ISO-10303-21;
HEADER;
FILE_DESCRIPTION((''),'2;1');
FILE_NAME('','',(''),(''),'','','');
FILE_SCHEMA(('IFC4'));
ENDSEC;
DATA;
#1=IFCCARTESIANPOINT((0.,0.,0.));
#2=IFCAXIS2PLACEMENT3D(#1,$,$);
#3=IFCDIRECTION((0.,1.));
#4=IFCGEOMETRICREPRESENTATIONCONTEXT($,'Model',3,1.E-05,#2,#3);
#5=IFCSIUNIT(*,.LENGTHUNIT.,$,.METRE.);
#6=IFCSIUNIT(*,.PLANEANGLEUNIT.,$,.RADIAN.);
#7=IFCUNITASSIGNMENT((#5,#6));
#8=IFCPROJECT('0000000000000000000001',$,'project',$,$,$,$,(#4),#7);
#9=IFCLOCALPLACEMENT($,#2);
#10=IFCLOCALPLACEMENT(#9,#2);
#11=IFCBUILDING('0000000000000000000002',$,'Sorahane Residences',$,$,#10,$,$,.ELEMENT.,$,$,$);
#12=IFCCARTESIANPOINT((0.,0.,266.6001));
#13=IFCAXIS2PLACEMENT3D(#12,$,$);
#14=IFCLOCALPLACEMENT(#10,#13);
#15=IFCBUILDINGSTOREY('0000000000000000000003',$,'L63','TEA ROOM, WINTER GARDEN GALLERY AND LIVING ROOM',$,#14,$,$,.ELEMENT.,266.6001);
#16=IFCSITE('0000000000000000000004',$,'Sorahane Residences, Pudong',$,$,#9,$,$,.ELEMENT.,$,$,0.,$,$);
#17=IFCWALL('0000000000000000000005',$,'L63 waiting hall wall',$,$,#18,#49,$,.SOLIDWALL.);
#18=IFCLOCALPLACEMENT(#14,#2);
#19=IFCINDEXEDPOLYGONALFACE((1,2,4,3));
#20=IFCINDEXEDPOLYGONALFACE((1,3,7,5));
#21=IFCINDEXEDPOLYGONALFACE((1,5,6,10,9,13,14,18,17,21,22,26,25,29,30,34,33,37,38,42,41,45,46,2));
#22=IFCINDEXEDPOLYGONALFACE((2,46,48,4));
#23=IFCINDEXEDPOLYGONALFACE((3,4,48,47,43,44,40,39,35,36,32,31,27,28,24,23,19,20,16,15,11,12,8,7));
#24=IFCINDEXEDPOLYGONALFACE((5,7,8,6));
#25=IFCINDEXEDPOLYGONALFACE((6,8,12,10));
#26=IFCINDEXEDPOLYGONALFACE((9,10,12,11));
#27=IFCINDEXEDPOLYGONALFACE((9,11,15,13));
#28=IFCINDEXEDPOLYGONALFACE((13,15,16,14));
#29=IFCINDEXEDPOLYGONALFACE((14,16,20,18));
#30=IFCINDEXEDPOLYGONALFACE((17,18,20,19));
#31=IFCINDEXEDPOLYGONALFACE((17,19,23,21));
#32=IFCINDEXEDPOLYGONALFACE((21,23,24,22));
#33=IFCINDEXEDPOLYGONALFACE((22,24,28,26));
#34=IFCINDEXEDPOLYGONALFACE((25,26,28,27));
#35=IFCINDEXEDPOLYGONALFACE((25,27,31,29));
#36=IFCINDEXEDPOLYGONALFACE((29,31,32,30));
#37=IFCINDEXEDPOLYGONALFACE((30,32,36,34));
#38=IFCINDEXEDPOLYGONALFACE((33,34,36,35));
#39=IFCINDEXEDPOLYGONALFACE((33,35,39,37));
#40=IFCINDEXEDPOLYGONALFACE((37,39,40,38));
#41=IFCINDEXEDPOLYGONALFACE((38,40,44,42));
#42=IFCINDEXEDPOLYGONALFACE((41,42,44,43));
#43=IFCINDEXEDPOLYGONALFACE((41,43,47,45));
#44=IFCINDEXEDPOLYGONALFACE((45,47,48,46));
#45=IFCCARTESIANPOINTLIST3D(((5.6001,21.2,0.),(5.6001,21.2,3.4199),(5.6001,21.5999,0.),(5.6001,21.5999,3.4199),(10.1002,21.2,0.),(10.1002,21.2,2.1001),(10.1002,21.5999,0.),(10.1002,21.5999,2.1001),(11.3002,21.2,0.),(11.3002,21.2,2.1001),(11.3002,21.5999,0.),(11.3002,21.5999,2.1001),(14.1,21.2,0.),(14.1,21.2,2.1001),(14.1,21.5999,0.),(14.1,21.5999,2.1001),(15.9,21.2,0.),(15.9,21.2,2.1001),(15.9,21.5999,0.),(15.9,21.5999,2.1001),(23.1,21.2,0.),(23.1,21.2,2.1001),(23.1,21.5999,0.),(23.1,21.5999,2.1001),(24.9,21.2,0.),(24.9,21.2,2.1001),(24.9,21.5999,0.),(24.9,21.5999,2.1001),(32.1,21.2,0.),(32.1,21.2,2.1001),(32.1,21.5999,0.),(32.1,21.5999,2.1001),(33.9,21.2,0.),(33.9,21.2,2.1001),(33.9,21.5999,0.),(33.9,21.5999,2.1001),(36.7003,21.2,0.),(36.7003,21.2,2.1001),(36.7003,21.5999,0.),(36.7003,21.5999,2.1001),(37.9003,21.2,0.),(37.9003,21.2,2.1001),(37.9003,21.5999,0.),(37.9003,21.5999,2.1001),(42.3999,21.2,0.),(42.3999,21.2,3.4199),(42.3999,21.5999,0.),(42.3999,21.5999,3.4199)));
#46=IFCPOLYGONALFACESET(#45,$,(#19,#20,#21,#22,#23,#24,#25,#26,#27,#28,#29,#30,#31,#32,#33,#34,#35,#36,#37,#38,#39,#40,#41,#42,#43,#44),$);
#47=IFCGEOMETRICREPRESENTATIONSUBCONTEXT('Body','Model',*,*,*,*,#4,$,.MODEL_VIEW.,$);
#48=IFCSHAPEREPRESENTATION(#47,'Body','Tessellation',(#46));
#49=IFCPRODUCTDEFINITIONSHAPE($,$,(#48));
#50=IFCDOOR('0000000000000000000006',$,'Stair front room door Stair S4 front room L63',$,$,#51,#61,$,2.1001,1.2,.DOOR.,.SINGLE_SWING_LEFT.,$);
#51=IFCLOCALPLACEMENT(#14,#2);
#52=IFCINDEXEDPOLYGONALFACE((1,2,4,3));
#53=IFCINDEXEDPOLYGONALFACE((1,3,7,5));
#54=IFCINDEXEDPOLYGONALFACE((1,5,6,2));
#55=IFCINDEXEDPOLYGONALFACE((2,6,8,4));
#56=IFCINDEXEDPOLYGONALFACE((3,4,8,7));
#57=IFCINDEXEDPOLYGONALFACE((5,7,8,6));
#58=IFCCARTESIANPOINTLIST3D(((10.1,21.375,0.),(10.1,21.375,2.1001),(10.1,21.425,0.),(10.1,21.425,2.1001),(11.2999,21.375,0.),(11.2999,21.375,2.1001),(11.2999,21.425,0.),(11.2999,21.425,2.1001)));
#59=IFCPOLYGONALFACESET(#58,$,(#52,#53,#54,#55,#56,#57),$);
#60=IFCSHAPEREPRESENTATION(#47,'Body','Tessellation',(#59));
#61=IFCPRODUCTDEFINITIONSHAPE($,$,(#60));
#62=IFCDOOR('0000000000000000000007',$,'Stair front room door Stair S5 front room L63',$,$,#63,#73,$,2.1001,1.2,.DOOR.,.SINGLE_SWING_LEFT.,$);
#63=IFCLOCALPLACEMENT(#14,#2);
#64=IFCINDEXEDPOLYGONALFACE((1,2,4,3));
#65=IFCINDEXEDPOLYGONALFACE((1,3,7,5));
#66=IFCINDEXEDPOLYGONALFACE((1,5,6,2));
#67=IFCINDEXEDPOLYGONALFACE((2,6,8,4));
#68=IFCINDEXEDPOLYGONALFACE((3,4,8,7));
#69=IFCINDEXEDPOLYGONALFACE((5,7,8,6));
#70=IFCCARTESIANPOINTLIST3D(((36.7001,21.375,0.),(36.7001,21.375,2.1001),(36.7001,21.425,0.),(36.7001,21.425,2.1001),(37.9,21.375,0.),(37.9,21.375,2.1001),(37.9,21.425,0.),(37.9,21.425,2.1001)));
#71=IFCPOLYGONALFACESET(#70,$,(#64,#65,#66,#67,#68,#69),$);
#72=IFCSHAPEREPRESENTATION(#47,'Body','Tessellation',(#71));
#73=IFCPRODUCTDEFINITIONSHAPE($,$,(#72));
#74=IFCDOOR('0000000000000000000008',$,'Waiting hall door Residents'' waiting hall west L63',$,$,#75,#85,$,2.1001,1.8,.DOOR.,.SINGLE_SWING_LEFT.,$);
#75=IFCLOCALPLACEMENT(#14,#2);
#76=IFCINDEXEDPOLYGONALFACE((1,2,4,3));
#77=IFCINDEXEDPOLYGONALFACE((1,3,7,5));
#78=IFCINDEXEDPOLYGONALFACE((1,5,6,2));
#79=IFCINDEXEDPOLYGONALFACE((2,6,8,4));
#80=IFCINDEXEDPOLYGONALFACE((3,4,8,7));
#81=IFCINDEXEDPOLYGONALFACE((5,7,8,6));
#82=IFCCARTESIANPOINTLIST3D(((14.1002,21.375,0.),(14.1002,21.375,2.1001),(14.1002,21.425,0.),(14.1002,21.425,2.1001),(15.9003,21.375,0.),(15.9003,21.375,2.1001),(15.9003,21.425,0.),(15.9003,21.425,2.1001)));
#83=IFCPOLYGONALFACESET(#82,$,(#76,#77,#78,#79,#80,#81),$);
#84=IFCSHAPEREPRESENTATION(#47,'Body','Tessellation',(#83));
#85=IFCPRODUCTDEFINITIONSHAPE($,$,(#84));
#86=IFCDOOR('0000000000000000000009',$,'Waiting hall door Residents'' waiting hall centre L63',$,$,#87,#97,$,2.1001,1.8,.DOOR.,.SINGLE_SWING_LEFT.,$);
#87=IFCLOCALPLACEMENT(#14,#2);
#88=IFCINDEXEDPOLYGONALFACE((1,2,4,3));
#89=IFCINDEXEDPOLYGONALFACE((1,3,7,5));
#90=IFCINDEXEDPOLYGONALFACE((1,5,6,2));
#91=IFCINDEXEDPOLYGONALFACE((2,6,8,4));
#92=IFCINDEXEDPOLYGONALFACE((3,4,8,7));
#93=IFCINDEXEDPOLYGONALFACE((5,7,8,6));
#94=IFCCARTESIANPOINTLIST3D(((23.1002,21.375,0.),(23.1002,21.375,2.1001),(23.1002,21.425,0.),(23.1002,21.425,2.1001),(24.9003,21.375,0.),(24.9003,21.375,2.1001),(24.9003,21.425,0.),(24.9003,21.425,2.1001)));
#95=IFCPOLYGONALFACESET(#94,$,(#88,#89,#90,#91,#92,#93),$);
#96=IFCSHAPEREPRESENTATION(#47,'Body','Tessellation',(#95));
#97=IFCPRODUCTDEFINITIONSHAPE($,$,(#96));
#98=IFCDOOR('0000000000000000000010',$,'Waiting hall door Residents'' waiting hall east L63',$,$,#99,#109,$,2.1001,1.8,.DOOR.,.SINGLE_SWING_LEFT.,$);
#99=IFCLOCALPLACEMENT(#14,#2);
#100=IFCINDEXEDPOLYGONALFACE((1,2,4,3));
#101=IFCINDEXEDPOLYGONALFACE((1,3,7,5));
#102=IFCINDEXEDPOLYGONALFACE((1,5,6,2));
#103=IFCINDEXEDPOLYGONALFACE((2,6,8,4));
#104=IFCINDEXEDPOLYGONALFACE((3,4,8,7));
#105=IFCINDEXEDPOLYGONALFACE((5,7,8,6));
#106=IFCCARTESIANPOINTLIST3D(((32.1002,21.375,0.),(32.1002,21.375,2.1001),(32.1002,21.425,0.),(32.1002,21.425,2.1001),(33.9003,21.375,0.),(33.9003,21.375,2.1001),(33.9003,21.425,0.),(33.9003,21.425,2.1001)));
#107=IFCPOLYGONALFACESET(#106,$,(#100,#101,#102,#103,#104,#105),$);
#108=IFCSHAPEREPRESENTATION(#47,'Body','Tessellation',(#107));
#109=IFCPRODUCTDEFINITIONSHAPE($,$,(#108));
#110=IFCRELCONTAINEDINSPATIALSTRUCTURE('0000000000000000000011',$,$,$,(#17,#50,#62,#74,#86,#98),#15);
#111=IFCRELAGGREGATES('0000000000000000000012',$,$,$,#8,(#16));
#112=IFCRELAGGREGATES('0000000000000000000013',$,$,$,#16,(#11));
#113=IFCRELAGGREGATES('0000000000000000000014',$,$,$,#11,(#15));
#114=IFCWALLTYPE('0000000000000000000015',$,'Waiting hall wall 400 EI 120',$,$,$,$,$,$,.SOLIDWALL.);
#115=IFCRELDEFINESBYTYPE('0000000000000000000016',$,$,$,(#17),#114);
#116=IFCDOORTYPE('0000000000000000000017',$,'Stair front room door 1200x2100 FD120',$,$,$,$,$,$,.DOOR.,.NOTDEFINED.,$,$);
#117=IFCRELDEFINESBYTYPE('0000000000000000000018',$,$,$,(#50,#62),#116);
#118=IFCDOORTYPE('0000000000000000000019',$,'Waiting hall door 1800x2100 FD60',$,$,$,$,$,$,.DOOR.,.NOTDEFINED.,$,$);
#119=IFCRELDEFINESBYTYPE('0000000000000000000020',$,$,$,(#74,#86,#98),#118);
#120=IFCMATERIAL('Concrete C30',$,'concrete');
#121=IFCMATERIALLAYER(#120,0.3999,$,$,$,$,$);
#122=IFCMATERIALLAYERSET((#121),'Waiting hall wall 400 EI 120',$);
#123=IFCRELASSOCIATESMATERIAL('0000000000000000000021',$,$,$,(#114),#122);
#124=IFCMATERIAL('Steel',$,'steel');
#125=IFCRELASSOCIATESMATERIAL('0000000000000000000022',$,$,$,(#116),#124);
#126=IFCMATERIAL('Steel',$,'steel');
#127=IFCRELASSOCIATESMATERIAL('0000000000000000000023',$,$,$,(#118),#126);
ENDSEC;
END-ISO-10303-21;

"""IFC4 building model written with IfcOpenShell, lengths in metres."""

from ifc_helpers import new_model, si_unit, direction, frame, frame_2d, origin, place, context, subcontext, project, spatial, rectangle, extrude, material, layer, layer_set, type_object, element, fill, save


model = new_model("IFC4")

# Units and contexts
model_context = context("Model", 3, precision=1e-05, world=origin(), true_north=direction((0.0, 1.0)))
body_context = subcontext(model_context, "Body", "Model", "MODEL_VIEW")
ifc_project = project(units=[si_unit("LENGTHUNIT", "METRE"), si_unit("PLANEANGLEUNIT", "RADIAN")], contexts=[model_context])

# Site, building, storey
site_placement = place(None, origin())
site = spatial("IfcSite", under=ifc_project, at=site_placement, Name="Sorahane Residences, Pudong", CompositionType="ELEMENT", RefElevation=0.0)
building_placement = place(site_placement, origin())
building = spatial("IfcBuilding", under=site, at=building_placement, Name="Sorahane Residences", CompositionType="ELEMENT")
storey_placement = place(building_placement, frame((0.0, 0.0, 266.6001)))
storey = spatial("IfcBuildingStorey", under=building, at=storey_placement, Name="L63", Description="TEA ROOM, WINTER GARDEN GALLERY AND LIVING ROOM", CompositionType="ELEMENT", Elevation=266.6001)

# Wall, openings, doors
ifc_material_1 = material(Name="Concrete C30", Category="concrete")
ifc_layer_1 = layer(ifc_material_1, 0.3999)
ifc_layer_set_1 = layer_set([ifc_layer_1], Name="Waiting hall wall 400 EI 120")
wall_type_1 = type_object("IfcWallType", Name="Waiting hall wall 400 EI 120", PredefinedType="SOLIDWALL", material=ifc_layer_set_1)
wall_1_placement = place(storey_placement, frame((5.6001, 21.3999, 0.0), z_axis=(0.0, 0.0, 1.0), x_axis=(1.0, 0.0, 0.0)))
wall_1 = element("IfcWall", 1, at=wall_1_placement, inside=storey, type_object=wall_type_1, Name="L63 waiting hall wall", PredefinedType="SOLIDWALL", context=body_context, shape_type="SweptSolid", body=[
    extrude(rectangle(XDim=36.7998, YDim=0.3999, at=frame_2d((18.3999, 0.0))), origin(), (0.0, 0.0, 1.0), 3.4199),
])
opening_1_placement = place(wall_1_placement, frame((8.5, 0.0, 0.0)))
opening_1 = element("IfcOpeningElement", 2, at=opening_1_placement, cuts=wall_1, PredefinedType="OPENING", context=body_context, shape_type="SweptSolid", body=[
    extrude(rectangle(XDim=1.8, YDim=2.1001, at=frame_2d((0.8999, 1.05))), frame((0.0, 0.21, 0.0), z_axis=(0.0, -1.0, 0.0), x_axis=(1.0, 0.0, 0.0)), (0.0, 0.0, 1.0), 0.4199),
])
opening_2_placement = place(wall_1_placement, frame((17.5, 0.0, 0.0)))
opening_2 = element("IfcOpeningElement", 3, at=opening_2_placement, cuts=wall_1, PredefinedType="OPENING", context=body_context, shape_type="SweptSolid", body=[
    extrude(rectangle(XDim=1.8, YDim=2.1001, at=frame_2d((0.8999, 1.05))), frame((0.0, 0.21, 0.0), z_axis=(0.0, -1.0, 0.0), x_axis=(1.0, 0.0, 0.0)), (0.0, 0.0, 1.0), 0.4199),
])
opening_3_placement = place(wall_1_placement, frame((26.5, 0.0, 0.0)))
opening_3 = element("IfcOpeningElement", 4, at=opening_3_placement, cuts=wall_1, PredefinedType="OPENING", context=body_context, shape_type="SweptSolid", body=[
    extrude(rectangle(XDim=1.8, YDim=2.1001, at=frame_2d((0.8999, 1.05))), frame((0.0, 0.21, 0.0), z_axis=(0.0, -1.0, 0.0), x_axis=(1.0, 0.0, 0.0)), (0.0, 0.0, 1.0), 0.4199),
])
opening_4_placement = place(wall_1_placement, frame((4.5, 0.0, 0.0)))
opening_4 = element("IfcOpeningElement", 5, at=opening_4_placement, cuts=wall_1, PredefinedType="OPENING", context=body_context, shape_type="SweptSolid", body=[
    extrude(rectangle(XDim=1.2, YDim=2.1001, at=frame_2d((0.6001, 1.05))), frame((0.0, 0.21, 0.0), z_axis=(0.0, -1.0, 0.0), x_axis=(1.0, 0.0, 0.0)), (0.0, 0.0, 1.0), 0.4199),
])
opening_5_placement = place(wall_1_placement, frame((31.1001, 0.0, 0.0)))
opening_5 = element("IfcOpeningElement", 6, at=opening_5_placement, cuts=wall_1, PredefinedType="OPENING", context=body_context, shape_type="SweptSolid", body=[
    extrude(rectangle(XDim=1.2, YDim=2.1001, at=frame_2d((0.6001, 1.05))), frame((0.0, 0.21, 0.0), z_axis=(0.0, -1.0, 0.0), x_axis=(1.0, 0.0, 0.0)), (0.0, 0.0, 1.0), 0.4199),
])
ifc_material_2 = material(Name="Steel", Category="steel")
door_type_1 = type_object("IfcDoorType", Name="Stair front room door 1200x2100 FD120", OperationType="NOTDEFINED", PredefinedType="DOOR", material=ifc_material_2)
door_1_placement = place(opening_4_placement, frame((1.2, 0.0, 0.0), z_axis=(0.0, 0.0, 1.0), x_axis=(-1.0, 0.0, 0.0)))
door_1 = element("IfcDoor", 7, at=door_1_placement, inside=storey, type_object=door_type_1, Name="Stair front room door Stair S4 front room L63", OperationType="SINGLE_SWING_LEFT", OverallHeight=2.1001, OverallWidth=1.2, PredefinedType="DOOR", context=body_context, shape_type="SweptSolid", body=[
    extrude(rectangle(XDim=1.2, YDim=2.1001, at=frame_2d((0.6001, 1.05))), frame((0.0, 0.0249, 0.0), z_axis=(0.0, -1.0, 0.0), x_axis=(1.0, 0.0, 0.0)), (0.0, 0.0, 1.0), 0.05),
])
fill(opening_4, door_1)
door_2_placement = place(opening_5_placement, frame((1.2, 0.0, 0.0), z_axis=(0.0, 0.0, 1.0), x_axis=(-1.0, 0.0, 0.0)))
door_2 = element("IfcDoor", 8, at=door_2_placement, inside=storey, type_object=door_type_1, Name="Stair front room door Stair S5 front room L63", OperationType="SINGLE_SWING_LEFT", OverallHeight=2.1001, OverallWidth=1.2, PredefinedType="DOOR", context=body_context, shape_type="SweptSolid", body=[
    extrude(rectangle(XDim=1.2, YDim=2.1001, at=frame_2d((0.6001, 1.05))), frame((0.0, 0.0249, 0.0), z_axis=(0.0, -1.0, 0.0), x_axis=(1.0, 0.0, 0.0)), (0.0, 0.0, 1.0), 0.05),
])
fill(opening_5, door_2)
ifc_material_3 = material(Name="Steel", Category="steel")
door_type_2 = type_object("IfcDoorType", Name="Waiting hall door 1800x2100 FD60", OperationType="NOTDEFINED", PredefinedType="DOOR", material=ifc_material_3)
door_3_placement = place(opening_1_placement, frame((1.8, 0.0, 0.0), z_axis=(0.0, 0.0, 1.0), x_axis=(-1.0, 0.0, 0.0)))
door_3 = element("IfcDoor", 9, at=door_3_placement, inside=storey, type_object=door_type_2, Name="Waiting hall door Residents' waiting hall west L63", OperationType="SINGLE_SWING_LEFT", OverallHeight=2.1001, OverallWidth=1.8, PredefinedType="DOOR", context=body_context, shape_type="SweptSolid", body=[
    extrude(rectangle(XDim=1.8, YDim=2.1001, at=frame_2d((0.8999, 1.05))), frame((0.0, 0.0249, 0.0), z_axis=(0.0, -1.0, 0.0), x_axis=(1.0, 0.0, 0.0)), (0.0, 0.0, 1.0), 0.05),
])
fill(opening_1, door_3)
door_4_placement = place(opening_2_placement, frame((1.8, 0.0, 0.0), z_axis=(0.0, 0.0, 1.0), x_axis=(-1.0, 0.0, 0.0)))
door_4 = element("IfcDoor", 10, at=door_4_placement, inside=storey, type_object=door_type_2, Name="Waiting hall door Residents' waiting hall centre L63", OperationType="SINGLE_SWING_LEFT", OverallHeight=2.1001, OverallWidth=1.8, PredefinedType="DOOR", context=body_context, shape_type="SweptSolid", body=[
    extrude(rectangle(XDim=1.8, YDim=2.1001, at=frame_2d((0.8999, 1.05))), frame((0.0, 0.0249, 0.0), z_axis=(0.0, -1.0, 0.0), x_axis=(1.0, 0.0, 0.0)), (0.0, 0.0, 1.0), 0.05),
])
fill(opening_2, door_4)
door_5_placement = place(opening_3_placement, frame((1.8, 0.0, 0.0), z_axis=(0.0, 0.0, 1.0), x_axis=(-1.0, 0.0, 0.0)))
door_5 = element("IfcDoor", 11, at=door_5_placement, inside=storey, type_object=door_type_2, Name="Waiting hall door Residents' waiting hall east L63", OperationType="SINGLE_SWING_LEFT", OverallHeight=2.1001, OverallWidth=1.8, PredefinedType="DOOR", context=body_context, shape_type="SweptSolid", body=[
    extrude(rectangle(XDim=1.8, YDim=2.1001, at=frame_2d((0.8999, 1.05))), frame((0.0, 0.0249, 0.0), z_axis=(0.0, -1.0, 0.0), x_axis=(1.0, 0.0, 0.0)), (0.0, 0.0, 1.0), 0.05),
])
fill(opening_3, door_5)

save(model, "model.ifc")
